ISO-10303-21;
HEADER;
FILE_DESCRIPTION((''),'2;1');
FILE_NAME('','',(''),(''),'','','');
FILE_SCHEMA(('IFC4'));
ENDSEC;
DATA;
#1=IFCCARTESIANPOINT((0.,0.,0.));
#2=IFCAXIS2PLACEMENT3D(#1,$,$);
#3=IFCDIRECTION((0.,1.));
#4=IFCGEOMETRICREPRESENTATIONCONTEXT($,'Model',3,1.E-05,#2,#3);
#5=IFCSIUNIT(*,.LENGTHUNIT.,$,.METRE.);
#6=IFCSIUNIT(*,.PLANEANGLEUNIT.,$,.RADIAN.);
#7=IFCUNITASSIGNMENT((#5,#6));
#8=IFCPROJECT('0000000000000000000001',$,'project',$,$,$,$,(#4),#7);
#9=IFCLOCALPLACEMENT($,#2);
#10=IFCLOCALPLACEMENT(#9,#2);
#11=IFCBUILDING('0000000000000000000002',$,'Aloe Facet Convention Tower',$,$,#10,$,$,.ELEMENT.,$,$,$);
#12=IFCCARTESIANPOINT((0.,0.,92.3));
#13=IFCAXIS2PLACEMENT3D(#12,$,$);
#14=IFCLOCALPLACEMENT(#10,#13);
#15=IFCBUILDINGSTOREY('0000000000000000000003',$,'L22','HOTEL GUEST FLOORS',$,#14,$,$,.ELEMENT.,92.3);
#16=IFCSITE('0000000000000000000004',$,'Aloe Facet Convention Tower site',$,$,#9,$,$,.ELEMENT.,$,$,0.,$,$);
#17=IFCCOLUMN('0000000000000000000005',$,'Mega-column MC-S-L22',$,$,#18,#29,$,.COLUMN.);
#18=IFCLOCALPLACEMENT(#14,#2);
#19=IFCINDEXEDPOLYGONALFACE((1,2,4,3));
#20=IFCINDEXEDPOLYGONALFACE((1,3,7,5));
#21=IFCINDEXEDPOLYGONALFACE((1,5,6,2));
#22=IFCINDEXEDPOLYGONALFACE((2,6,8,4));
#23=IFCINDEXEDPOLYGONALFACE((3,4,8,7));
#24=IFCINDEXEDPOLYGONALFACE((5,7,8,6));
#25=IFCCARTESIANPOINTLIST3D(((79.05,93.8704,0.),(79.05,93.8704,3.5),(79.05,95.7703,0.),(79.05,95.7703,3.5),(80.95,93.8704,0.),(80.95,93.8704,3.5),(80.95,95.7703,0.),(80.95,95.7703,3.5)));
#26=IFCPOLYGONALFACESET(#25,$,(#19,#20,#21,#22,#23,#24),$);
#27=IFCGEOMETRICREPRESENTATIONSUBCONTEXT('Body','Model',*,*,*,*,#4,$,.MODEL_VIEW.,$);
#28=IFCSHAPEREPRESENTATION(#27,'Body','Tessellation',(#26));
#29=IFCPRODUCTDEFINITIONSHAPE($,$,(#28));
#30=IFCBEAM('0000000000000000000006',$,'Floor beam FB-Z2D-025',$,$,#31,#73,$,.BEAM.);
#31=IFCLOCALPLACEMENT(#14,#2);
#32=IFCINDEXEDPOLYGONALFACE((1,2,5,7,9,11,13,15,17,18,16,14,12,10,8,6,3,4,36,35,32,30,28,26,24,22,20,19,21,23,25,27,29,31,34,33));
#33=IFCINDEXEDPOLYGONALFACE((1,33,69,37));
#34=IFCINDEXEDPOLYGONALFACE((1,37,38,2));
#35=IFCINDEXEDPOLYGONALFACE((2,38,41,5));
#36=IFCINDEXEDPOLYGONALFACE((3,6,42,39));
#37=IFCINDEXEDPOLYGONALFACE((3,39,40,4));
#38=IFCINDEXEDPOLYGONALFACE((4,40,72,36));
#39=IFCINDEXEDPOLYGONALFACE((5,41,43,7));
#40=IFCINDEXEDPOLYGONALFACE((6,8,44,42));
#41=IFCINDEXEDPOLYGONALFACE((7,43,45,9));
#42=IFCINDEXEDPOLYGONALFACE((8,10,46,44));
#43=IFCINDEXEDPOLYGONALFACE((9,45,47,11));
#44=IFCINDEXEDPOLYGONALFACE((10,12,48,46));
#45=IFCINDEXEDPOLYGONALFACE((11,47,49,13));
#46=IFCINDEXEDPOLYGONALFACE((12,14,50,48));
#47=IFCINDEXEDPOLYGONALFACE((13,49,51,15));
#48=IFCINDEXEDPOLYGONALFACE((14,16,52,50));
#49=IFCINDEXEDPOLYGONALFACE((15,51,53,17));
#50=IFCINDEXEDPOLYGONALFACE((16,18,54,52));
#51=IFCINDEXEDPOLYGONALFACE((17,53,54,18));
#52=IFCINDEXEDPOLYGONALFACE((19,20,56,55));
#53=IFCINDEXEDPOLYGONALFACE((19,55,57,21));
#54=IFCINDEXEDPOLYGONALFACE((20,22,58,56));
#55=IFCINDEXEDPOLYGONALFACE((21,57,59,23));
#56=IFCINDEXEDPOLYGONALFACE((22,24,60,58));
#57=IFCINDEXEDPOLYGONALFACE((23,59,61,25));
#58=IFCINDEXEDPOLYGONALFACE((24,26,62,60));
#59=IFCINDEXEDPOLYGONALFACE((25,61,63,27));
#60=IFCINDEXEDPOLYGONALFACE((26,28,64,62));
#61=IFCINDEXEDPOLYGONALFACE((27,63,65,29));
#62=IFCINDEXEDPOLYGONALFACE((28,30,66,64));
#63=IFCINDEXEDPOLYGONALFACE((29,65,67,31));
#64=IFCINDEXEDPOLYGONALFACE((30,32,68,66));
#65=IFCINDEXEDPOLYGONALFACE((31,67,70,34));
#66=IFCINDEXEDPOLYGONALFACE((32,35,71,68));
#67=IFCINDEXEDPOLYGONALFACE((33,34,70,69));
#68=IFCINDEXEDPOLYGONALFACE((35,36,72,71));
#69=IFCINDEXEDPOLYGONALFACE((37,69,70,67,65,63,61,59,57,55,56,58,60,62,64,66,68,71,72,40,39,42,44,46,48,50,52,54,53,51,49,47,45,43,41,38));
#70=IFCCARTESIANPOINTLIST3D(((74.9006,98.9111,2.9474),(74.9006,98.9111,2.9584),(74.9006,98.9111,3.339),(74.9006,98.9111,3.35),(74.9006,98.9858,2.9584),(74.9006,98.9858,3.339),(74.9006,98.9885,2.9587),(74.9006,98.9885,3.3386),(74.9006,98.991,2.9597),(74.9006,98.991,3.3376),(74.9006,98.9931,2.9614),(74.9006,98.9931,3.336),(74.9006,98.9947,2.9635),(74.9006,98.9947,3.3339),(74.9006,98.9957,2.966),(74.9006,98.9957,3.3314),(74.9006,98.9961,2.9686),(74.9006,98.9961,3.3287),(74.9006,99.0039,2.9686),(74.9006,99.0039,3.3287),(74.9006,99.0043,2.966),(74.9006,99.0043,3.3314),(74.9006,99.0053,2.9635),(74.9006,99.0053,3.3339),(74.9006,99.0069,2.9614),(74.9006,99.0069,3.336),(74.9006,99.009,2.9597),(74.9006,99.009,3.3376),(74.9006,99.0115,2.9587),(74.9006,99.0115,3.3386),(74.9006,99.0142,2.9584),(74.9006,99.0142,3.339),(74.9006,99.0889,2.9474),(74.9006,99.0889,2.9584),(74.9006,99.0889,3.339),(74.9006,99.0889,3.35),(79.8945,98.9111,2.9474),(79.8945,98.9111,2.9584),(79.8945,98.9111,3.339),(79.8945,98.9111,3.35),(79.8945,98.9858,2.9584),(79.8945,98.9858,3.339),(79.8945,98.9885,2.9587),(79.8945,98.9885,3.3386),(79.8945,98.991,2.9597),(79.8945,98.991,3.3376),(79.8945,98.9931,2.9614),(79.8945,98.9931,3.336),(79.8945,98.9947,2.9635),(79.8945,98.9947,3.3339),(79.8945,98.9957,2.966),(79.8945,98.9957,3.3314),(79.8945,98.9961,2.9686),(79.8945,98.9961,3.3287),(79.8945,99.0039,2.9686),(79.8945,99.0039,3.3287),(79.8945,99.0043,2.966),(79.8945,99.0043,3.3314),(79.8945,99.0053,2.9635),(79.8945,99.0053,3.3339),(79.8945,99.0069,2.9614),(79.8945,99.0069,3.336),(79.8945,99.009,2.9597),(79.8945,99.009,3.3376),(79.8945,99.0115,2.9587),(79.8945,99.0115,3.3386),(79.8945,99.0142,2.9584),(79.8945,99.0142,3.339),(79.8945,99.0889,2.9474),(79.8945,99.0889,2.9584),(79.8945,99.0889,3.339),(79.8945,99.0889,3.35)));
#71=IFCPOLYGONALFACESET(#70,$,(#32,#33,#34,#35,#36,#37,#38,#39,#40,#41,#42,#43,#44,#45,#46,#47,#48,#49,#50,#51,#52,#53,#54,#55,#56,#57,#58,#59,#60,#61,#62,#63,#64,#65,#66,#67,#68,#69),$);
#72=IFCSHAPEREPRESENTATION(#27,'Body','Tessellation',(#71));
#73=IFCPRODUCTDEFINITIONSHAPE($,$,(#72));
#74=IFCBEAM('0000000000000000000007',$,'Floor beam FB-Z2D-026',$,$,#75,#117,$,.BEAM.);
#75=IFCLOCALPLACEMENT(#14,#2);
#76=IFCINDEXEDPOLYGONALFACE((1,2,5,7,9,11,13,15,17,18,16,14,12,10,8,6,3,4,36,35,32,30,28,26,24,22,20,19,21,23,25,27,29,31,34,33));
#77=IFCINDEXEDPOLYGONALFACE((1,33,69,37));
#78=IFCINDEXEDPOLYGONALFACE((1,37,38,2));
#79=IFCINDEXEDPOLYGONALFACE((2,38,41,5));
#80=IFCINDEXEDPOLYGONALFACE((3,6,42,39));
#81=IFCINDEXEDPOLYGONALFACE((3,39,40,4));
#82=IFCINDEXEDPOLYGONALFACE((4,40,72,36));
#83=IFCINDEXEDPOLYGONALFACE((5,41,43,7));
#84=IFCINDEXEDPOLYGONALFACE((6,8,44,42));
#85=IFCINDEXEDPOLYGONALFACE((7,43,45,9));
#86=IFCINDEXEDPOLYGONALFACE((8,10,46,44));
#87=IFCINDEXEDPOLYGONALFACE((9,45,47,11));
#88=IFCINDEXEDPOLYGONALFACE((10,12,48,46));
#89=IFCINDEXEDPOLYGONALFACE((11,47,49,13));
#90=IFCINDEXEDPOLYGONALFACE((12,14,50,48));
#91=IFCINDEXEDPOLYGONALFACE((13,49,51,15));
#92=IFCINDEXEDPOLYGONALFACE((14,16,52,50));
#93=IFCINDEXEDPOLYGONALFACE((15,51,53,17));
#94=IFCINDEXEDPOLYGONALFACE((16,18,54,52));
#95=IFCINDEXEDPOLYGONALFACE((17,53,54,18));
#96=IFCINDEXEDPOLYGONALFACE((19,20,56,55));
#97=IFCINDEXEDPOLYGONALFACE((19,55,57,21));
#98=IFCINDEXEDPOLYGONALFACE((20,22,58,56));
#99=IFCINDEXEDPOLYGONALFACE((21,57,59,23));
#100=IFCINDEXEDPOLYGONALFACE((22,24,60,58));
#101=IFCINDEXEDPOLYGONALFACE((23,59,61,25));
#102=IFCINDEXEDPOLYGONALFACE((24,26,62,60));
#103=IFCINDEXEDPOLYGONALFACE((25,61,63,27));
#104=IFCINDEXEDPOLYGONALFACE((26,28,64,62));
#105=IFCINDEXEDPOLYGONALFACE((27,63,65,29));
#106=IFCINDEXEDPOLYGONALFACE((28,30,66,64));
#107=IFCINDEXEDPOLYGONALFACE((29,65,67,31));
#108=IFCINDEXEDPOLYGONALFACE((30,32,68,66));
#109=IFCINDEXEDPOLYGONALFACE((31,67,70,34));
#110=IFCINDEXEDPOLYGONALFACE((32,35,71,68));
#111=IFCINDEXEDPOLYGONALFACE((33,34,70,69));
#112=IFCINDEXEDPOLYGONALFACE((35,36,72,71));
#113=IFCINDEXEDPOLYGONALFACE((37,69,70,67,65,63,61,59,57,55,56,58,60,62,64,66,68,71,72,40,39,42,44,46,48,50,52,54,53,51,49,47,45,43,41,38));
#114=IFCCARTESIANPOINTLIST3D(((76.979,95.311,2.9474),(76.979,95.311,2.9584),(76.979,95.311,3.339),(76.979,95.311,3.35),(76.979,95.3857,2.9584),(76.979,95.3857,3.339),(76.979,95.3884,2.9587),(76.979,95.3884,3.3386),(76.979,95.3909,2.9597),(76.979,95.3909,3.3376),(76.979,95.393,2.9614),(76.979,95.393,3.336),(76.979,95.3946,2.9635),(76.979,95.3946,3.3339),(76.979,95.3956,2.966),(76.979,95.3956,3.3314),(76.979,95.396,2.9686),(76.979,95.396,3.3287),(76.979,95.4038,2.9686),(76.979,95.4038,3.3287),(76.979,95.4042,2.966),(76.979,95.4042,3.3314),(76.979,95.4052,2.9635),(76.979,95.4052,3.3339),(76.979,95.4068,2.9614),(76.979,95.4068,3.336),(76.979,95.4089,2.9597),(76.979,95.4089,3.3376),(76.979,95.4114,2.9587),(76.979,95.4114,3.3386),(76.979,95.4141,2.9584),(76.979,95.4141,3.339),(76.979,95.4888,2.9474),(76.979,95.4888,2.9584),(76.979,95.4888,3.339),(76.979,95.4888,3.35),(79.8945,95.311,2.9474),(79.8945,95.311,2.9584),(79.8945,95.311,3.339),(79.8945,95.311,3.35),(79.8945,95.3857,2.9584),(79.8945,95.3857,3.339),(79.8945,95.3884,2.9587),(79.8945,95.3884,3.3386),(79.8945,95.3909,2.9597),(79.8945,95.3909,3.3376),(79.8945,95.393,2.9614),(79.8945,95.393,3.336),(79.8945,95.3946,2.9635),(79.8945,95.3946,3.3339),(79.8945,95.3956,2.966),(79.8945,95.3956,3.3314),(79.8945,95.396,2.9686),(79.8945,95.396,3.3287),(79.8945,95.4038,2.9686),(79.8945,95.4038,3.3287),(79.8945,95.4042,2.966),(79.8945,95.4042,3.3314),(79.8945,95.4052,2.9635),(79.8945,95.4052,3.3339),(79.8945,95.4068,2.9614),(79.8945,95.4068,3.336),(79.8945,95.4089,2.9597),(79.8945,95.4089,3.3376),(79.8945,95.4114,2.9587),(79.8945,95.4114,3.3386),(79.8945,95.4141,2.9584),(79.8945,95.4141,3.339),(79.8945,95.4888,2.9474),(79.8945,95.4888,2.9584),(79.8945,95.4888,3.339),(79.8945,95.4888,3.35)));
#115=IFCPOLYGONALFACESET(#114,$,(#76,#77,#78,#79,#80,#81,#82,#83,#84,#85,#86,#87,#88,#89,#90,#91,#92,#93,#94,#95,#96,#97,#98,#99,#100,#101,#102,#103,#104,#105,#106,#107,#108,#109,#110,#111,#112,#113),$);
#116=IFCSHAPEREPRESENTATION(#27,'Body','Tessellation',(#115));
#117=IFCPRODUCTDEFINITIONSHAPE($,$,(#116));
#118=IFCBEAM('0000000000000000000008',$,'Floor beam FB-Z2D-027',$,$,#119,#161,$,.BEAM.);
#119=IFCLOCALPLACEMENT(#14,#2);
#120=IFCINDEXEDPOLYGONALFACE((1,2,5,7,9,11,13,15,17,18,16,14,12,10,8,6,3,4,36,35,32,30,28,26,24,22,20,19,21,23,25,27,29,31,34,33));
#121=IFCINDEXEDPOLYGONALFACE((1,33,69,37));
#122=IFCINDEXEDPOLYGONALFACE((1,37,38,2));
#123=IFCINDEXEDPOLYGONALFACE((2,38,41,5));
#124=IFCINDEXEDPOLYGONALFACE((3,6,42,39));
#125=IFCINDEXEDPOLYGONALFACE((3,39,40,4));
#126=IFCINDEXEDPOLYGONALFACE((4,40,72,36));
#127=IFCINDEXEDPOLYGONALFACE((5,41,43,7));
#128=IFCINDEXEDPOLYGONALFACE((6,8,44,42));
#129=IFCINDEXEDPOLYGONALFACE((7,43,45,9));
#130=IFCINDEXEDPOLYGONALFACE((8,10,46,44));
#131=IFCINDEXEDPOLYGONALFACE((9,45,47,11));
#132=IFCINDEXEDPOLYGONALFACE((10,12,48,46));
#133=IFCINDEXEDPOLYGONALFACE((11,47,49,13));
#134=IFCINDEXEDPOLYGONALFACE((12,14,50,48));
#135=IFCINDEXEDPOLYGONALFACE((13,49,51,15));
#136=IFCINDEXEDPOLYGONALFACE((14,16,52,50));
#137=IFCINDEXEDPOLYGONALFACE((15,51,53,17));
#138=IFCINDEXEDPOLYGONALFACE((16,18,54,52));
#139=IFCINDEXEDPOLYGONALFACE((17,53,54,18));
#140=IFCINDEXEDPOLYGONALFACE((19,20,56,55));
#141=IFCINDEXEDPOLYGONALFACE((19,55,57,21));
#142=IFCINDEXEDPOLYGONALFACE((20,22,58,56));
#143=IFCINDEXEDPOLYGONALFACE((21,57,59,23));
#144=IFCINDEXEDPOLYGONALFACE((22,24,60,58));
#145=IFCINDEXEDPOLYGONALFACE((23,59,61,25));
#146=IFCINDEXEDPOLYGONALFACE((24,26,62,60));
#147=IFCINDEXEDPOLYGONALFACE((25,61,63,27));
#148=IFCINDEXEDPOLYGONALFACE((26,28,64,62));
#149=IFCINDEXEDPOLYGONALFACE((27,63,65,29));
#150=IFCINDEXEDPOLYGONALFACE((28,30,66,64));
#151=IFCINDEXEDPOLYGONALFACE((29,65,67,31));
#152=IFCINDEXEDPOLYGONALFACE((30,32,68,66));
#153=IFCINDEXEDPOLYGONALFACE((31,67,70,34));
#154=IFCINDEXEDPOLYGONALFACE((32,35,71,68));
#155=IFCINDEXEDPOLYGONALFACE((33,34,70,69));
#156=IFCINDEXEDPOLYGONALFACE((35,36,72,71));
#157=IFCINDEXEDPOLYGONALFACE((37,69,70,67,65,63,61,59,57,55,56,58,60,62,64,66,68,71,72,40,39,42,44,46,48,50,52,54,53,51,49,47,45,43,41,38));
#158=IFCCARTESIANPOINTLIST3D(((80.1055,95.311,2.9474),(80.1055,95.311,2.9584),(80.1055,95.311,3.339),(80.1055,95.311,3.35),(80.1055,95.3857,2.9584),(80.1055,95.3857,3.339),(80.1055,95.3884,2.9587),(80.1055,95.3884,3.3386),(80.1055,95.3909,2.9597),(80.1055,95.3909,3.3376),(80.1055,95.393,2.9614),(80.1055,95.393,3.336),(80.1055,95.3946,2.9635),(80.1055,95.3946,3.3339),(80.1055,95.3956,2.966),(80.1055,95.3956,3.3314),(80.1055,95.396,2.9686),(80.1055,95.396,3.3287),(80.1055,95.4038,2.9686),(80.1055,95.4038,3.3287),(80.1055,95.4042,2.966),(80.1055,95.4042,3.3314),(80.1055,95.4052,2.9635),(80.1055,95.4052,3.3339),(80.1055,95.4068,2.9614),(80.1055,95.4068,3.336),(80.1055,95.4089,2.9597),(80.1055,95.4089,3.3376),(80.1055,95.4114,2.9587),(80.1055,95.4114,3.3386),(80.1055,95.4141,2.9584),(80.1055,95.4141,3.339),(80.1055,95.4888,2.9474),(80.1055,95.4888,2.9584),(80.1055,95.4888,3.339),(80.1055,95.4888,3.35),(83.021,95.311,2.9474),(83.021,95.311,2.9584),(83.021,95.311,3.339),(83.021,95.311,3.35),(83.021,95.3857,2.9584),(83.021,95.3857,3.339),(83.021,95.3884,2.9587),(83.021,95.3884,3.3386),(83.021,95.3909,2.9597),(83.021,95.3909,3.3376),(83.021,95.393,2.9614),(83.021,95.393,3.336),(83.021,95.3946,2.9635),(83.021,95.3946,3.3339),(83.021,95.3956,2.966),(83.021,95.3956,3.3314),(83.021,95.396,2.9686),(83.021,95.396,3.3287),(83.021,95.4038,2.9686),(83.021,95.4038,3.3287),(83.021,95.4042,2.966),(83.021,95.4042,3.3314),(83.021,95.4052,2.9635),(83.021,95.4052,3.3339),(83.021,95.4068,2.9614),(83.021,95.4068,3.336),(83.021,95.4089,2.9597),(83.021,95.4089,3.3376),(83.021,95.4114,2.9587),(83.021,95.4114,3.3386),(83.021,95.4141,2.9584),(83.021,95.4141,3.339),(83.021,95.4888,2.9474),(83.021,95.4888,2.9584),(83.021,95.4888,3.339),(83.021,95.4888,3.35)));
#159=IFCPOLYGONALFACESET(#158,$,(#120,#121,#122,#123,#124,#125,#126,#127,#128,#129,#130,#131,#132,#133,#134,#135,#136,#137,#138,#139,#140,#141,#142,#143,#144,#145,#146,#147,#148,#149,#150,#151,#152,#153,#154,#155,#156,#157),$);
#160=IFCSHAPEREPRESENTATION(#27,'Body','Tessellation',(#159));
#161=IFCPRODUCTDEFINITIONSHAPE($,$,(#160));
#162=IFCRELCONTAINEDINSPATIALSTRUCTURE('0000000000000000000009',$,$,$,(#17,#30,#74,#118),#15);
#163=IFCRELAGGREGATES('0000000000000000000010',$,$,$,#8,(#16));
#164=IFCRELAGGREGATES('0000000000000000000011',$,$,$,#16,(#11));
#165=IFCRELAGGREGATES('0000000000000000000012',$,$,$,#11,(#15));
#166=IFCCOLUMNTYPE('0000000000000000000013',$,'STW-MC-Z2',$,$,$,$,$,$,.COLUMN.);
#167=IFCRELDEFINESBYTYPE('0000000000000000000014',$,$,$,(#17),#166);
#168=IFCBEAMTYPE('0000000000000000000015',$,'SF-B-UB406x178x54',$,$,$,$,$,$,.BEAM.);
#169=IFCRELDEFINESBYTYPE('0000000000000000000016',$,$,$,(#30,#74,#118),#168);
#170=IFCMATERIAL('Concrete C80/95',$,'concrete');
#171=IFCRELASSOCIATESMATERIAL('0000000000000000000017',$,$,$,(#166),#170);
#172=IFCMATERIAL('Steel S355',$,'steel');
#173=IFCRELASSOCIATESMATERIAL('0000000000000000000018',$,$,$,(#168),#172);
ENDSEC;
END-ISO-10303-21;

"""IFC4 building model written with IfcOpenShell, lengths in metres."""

from ifc_helpers import new_model, si_unit, direction, frame, origin, origin_2d, place, context, subcontext, project, spatial, rectangle, i_section, extrude, material, material_profile, profile_set, type_object, element, save


model = new_model("IFC4")

# Units and contexts
model_context = context("Model", 3, precision=1e-05, world=origin(), true_north=direction((0.0, 1.0)))
body_context = subcontext(model_context, "Body", "Model", "MODEL_VIEW")
ifc_project = project(units=[si_unit("LENGTHUNIT", "METRE"), si_unit("PLANEANGLEUNIT", "RADIAN")], contexts=[model_context])

# Site, building, storey
site_placement = place(None, origin())
site = spatial("IfcSite", under=ifc_project, at=site_placement, Name="Aloe Facet Convention Tower site", CompositionType="ELEMENT", RefElevation=0.0)
building_placement = place(site_placement, origin())
building = spatial("IfcBuilding", under=site, at=building_placement, Name="Aloe Facet Convention Tower", CompositionType="ELEMENT")
storey_placement = place(building_placement, frame((0.0, 0.0, 92.3)))
storey = spatial("IfcBuildingStorey", under=building, at=storey_placement, Name="L22", Description="HOTEL GUEST FLOORS", CompositionType="ELEMENT", Elevation=92.3)

# Column
ifc_material_1 = material(Name="Concrete C80/95", Category="concrete")
ifc_material_profile_1 = material_profile(ifc_material_1, rectangle(XDim=1.8999, YDim=1.8999, at=origin_2d()), Name="STW-MC-Z2")
ifc_profile_set_1 = profile_set([ifc_material_profile_1], Name="Concrete C80/95")
column_type = type_object("IfcColumnType", Name="STW-MC-Z2", PredefinedType="COLUMN", material=ifc_profile_set_1)
column_placement = place(storey_placement, frame((80.0, 94.8203, 0.0), z_axis=(0.0, 0.0, 1.0), x_axis=(1.0, 0.0, 0.0)))
element("IfcColumn", 1, at=column_placement, inside=storey, type_object=column_type, Name="Mega-column MC-S-L22", PredefinedType="COLUMN", context=body_context, shape_type="SweptSolid", body=[
    extrude(rectangle(XDim=1.8999, YDim=1.8999, at=origin_2d()), origin(), (0.0, 0.0, 1.0), 3.5),
])

# Beams
ifc_material_2 = material(Name="Steel S355", Category="steel")
ifc_material_profile_2 = material_profile(ifc_material_2, i_section(OverallWidth=0.1777, OverallDepth=0.4026, WebThickness=0.0078, FlangeThickness=0.011, FilletRadius=0.0103, at=origin_2d()), Name="UB 406x178x54")
ifc_profile_set_2 = profile_set([ifc_material_profile_2], Name="Steel S355")
beam_type_1 = type_object("IfcBeamType", Name="SF-B-UB406x178x54", PredefinedType="BEAM", material=ifc_profile_set_2)
beam_1_placement = place(storey_placement, frame((74.9006, 99.0, 3.1487), z_axis=(1.0, 0.0, 0.0), x_axis=(0.0, 1.0, 0.0)))
element("IfcBeam", 2, at=beam_1_placement, inside=storey, type_object=beam_type_1, Name="Floor beam FB-Z2D-025", PredefinedType="BEAM", context=body_context, shape_type="SweptSolid", body=[
    extrude(i_section(OverallWidth=0.1777, OverallDepth=0.4026, WebThickness=0.0078, FlangeThickness=0.011, FilletRadius=0.0103, at=origin_2d()), origin(), (0.0, 0.0, 1.0), 4.9939),
])
for number, where, z_axis, x_axis, name in (
    (3, (76.979, 95.3999, 3.1487), (1.0, 0.0, 0.0), (0.0, 1.0, 0.0), "Floor beam FB-Z2D-026"),
    (4, (80.1055, 95.3999, 3.1487), (1.0, 0.0, 0.0), (0.0, 1.0, 0.0), "Floor beam FB-Z2D-027"),
):
    element("IfcBeam", number, at=place(storey_placement, frame(where, z_axis=z_axis, x_axis=x_axis)), inside=storey, type_object=beam_type_1, Name=name, PredefinedType="BEAM", context=body_context, shape_type="SweptSolid", body=[
        extrude(i_section(OverallWidth=0.1777, OverallDepth=0.4026, WebThickness=0.0078, FlangeThickness=0.011, FilletRadius=0.0103, at=origin_2d()), origin(), (0.0, 0.0, 1.0), 2.9155),
    ])

save(model, "model.ifc")
